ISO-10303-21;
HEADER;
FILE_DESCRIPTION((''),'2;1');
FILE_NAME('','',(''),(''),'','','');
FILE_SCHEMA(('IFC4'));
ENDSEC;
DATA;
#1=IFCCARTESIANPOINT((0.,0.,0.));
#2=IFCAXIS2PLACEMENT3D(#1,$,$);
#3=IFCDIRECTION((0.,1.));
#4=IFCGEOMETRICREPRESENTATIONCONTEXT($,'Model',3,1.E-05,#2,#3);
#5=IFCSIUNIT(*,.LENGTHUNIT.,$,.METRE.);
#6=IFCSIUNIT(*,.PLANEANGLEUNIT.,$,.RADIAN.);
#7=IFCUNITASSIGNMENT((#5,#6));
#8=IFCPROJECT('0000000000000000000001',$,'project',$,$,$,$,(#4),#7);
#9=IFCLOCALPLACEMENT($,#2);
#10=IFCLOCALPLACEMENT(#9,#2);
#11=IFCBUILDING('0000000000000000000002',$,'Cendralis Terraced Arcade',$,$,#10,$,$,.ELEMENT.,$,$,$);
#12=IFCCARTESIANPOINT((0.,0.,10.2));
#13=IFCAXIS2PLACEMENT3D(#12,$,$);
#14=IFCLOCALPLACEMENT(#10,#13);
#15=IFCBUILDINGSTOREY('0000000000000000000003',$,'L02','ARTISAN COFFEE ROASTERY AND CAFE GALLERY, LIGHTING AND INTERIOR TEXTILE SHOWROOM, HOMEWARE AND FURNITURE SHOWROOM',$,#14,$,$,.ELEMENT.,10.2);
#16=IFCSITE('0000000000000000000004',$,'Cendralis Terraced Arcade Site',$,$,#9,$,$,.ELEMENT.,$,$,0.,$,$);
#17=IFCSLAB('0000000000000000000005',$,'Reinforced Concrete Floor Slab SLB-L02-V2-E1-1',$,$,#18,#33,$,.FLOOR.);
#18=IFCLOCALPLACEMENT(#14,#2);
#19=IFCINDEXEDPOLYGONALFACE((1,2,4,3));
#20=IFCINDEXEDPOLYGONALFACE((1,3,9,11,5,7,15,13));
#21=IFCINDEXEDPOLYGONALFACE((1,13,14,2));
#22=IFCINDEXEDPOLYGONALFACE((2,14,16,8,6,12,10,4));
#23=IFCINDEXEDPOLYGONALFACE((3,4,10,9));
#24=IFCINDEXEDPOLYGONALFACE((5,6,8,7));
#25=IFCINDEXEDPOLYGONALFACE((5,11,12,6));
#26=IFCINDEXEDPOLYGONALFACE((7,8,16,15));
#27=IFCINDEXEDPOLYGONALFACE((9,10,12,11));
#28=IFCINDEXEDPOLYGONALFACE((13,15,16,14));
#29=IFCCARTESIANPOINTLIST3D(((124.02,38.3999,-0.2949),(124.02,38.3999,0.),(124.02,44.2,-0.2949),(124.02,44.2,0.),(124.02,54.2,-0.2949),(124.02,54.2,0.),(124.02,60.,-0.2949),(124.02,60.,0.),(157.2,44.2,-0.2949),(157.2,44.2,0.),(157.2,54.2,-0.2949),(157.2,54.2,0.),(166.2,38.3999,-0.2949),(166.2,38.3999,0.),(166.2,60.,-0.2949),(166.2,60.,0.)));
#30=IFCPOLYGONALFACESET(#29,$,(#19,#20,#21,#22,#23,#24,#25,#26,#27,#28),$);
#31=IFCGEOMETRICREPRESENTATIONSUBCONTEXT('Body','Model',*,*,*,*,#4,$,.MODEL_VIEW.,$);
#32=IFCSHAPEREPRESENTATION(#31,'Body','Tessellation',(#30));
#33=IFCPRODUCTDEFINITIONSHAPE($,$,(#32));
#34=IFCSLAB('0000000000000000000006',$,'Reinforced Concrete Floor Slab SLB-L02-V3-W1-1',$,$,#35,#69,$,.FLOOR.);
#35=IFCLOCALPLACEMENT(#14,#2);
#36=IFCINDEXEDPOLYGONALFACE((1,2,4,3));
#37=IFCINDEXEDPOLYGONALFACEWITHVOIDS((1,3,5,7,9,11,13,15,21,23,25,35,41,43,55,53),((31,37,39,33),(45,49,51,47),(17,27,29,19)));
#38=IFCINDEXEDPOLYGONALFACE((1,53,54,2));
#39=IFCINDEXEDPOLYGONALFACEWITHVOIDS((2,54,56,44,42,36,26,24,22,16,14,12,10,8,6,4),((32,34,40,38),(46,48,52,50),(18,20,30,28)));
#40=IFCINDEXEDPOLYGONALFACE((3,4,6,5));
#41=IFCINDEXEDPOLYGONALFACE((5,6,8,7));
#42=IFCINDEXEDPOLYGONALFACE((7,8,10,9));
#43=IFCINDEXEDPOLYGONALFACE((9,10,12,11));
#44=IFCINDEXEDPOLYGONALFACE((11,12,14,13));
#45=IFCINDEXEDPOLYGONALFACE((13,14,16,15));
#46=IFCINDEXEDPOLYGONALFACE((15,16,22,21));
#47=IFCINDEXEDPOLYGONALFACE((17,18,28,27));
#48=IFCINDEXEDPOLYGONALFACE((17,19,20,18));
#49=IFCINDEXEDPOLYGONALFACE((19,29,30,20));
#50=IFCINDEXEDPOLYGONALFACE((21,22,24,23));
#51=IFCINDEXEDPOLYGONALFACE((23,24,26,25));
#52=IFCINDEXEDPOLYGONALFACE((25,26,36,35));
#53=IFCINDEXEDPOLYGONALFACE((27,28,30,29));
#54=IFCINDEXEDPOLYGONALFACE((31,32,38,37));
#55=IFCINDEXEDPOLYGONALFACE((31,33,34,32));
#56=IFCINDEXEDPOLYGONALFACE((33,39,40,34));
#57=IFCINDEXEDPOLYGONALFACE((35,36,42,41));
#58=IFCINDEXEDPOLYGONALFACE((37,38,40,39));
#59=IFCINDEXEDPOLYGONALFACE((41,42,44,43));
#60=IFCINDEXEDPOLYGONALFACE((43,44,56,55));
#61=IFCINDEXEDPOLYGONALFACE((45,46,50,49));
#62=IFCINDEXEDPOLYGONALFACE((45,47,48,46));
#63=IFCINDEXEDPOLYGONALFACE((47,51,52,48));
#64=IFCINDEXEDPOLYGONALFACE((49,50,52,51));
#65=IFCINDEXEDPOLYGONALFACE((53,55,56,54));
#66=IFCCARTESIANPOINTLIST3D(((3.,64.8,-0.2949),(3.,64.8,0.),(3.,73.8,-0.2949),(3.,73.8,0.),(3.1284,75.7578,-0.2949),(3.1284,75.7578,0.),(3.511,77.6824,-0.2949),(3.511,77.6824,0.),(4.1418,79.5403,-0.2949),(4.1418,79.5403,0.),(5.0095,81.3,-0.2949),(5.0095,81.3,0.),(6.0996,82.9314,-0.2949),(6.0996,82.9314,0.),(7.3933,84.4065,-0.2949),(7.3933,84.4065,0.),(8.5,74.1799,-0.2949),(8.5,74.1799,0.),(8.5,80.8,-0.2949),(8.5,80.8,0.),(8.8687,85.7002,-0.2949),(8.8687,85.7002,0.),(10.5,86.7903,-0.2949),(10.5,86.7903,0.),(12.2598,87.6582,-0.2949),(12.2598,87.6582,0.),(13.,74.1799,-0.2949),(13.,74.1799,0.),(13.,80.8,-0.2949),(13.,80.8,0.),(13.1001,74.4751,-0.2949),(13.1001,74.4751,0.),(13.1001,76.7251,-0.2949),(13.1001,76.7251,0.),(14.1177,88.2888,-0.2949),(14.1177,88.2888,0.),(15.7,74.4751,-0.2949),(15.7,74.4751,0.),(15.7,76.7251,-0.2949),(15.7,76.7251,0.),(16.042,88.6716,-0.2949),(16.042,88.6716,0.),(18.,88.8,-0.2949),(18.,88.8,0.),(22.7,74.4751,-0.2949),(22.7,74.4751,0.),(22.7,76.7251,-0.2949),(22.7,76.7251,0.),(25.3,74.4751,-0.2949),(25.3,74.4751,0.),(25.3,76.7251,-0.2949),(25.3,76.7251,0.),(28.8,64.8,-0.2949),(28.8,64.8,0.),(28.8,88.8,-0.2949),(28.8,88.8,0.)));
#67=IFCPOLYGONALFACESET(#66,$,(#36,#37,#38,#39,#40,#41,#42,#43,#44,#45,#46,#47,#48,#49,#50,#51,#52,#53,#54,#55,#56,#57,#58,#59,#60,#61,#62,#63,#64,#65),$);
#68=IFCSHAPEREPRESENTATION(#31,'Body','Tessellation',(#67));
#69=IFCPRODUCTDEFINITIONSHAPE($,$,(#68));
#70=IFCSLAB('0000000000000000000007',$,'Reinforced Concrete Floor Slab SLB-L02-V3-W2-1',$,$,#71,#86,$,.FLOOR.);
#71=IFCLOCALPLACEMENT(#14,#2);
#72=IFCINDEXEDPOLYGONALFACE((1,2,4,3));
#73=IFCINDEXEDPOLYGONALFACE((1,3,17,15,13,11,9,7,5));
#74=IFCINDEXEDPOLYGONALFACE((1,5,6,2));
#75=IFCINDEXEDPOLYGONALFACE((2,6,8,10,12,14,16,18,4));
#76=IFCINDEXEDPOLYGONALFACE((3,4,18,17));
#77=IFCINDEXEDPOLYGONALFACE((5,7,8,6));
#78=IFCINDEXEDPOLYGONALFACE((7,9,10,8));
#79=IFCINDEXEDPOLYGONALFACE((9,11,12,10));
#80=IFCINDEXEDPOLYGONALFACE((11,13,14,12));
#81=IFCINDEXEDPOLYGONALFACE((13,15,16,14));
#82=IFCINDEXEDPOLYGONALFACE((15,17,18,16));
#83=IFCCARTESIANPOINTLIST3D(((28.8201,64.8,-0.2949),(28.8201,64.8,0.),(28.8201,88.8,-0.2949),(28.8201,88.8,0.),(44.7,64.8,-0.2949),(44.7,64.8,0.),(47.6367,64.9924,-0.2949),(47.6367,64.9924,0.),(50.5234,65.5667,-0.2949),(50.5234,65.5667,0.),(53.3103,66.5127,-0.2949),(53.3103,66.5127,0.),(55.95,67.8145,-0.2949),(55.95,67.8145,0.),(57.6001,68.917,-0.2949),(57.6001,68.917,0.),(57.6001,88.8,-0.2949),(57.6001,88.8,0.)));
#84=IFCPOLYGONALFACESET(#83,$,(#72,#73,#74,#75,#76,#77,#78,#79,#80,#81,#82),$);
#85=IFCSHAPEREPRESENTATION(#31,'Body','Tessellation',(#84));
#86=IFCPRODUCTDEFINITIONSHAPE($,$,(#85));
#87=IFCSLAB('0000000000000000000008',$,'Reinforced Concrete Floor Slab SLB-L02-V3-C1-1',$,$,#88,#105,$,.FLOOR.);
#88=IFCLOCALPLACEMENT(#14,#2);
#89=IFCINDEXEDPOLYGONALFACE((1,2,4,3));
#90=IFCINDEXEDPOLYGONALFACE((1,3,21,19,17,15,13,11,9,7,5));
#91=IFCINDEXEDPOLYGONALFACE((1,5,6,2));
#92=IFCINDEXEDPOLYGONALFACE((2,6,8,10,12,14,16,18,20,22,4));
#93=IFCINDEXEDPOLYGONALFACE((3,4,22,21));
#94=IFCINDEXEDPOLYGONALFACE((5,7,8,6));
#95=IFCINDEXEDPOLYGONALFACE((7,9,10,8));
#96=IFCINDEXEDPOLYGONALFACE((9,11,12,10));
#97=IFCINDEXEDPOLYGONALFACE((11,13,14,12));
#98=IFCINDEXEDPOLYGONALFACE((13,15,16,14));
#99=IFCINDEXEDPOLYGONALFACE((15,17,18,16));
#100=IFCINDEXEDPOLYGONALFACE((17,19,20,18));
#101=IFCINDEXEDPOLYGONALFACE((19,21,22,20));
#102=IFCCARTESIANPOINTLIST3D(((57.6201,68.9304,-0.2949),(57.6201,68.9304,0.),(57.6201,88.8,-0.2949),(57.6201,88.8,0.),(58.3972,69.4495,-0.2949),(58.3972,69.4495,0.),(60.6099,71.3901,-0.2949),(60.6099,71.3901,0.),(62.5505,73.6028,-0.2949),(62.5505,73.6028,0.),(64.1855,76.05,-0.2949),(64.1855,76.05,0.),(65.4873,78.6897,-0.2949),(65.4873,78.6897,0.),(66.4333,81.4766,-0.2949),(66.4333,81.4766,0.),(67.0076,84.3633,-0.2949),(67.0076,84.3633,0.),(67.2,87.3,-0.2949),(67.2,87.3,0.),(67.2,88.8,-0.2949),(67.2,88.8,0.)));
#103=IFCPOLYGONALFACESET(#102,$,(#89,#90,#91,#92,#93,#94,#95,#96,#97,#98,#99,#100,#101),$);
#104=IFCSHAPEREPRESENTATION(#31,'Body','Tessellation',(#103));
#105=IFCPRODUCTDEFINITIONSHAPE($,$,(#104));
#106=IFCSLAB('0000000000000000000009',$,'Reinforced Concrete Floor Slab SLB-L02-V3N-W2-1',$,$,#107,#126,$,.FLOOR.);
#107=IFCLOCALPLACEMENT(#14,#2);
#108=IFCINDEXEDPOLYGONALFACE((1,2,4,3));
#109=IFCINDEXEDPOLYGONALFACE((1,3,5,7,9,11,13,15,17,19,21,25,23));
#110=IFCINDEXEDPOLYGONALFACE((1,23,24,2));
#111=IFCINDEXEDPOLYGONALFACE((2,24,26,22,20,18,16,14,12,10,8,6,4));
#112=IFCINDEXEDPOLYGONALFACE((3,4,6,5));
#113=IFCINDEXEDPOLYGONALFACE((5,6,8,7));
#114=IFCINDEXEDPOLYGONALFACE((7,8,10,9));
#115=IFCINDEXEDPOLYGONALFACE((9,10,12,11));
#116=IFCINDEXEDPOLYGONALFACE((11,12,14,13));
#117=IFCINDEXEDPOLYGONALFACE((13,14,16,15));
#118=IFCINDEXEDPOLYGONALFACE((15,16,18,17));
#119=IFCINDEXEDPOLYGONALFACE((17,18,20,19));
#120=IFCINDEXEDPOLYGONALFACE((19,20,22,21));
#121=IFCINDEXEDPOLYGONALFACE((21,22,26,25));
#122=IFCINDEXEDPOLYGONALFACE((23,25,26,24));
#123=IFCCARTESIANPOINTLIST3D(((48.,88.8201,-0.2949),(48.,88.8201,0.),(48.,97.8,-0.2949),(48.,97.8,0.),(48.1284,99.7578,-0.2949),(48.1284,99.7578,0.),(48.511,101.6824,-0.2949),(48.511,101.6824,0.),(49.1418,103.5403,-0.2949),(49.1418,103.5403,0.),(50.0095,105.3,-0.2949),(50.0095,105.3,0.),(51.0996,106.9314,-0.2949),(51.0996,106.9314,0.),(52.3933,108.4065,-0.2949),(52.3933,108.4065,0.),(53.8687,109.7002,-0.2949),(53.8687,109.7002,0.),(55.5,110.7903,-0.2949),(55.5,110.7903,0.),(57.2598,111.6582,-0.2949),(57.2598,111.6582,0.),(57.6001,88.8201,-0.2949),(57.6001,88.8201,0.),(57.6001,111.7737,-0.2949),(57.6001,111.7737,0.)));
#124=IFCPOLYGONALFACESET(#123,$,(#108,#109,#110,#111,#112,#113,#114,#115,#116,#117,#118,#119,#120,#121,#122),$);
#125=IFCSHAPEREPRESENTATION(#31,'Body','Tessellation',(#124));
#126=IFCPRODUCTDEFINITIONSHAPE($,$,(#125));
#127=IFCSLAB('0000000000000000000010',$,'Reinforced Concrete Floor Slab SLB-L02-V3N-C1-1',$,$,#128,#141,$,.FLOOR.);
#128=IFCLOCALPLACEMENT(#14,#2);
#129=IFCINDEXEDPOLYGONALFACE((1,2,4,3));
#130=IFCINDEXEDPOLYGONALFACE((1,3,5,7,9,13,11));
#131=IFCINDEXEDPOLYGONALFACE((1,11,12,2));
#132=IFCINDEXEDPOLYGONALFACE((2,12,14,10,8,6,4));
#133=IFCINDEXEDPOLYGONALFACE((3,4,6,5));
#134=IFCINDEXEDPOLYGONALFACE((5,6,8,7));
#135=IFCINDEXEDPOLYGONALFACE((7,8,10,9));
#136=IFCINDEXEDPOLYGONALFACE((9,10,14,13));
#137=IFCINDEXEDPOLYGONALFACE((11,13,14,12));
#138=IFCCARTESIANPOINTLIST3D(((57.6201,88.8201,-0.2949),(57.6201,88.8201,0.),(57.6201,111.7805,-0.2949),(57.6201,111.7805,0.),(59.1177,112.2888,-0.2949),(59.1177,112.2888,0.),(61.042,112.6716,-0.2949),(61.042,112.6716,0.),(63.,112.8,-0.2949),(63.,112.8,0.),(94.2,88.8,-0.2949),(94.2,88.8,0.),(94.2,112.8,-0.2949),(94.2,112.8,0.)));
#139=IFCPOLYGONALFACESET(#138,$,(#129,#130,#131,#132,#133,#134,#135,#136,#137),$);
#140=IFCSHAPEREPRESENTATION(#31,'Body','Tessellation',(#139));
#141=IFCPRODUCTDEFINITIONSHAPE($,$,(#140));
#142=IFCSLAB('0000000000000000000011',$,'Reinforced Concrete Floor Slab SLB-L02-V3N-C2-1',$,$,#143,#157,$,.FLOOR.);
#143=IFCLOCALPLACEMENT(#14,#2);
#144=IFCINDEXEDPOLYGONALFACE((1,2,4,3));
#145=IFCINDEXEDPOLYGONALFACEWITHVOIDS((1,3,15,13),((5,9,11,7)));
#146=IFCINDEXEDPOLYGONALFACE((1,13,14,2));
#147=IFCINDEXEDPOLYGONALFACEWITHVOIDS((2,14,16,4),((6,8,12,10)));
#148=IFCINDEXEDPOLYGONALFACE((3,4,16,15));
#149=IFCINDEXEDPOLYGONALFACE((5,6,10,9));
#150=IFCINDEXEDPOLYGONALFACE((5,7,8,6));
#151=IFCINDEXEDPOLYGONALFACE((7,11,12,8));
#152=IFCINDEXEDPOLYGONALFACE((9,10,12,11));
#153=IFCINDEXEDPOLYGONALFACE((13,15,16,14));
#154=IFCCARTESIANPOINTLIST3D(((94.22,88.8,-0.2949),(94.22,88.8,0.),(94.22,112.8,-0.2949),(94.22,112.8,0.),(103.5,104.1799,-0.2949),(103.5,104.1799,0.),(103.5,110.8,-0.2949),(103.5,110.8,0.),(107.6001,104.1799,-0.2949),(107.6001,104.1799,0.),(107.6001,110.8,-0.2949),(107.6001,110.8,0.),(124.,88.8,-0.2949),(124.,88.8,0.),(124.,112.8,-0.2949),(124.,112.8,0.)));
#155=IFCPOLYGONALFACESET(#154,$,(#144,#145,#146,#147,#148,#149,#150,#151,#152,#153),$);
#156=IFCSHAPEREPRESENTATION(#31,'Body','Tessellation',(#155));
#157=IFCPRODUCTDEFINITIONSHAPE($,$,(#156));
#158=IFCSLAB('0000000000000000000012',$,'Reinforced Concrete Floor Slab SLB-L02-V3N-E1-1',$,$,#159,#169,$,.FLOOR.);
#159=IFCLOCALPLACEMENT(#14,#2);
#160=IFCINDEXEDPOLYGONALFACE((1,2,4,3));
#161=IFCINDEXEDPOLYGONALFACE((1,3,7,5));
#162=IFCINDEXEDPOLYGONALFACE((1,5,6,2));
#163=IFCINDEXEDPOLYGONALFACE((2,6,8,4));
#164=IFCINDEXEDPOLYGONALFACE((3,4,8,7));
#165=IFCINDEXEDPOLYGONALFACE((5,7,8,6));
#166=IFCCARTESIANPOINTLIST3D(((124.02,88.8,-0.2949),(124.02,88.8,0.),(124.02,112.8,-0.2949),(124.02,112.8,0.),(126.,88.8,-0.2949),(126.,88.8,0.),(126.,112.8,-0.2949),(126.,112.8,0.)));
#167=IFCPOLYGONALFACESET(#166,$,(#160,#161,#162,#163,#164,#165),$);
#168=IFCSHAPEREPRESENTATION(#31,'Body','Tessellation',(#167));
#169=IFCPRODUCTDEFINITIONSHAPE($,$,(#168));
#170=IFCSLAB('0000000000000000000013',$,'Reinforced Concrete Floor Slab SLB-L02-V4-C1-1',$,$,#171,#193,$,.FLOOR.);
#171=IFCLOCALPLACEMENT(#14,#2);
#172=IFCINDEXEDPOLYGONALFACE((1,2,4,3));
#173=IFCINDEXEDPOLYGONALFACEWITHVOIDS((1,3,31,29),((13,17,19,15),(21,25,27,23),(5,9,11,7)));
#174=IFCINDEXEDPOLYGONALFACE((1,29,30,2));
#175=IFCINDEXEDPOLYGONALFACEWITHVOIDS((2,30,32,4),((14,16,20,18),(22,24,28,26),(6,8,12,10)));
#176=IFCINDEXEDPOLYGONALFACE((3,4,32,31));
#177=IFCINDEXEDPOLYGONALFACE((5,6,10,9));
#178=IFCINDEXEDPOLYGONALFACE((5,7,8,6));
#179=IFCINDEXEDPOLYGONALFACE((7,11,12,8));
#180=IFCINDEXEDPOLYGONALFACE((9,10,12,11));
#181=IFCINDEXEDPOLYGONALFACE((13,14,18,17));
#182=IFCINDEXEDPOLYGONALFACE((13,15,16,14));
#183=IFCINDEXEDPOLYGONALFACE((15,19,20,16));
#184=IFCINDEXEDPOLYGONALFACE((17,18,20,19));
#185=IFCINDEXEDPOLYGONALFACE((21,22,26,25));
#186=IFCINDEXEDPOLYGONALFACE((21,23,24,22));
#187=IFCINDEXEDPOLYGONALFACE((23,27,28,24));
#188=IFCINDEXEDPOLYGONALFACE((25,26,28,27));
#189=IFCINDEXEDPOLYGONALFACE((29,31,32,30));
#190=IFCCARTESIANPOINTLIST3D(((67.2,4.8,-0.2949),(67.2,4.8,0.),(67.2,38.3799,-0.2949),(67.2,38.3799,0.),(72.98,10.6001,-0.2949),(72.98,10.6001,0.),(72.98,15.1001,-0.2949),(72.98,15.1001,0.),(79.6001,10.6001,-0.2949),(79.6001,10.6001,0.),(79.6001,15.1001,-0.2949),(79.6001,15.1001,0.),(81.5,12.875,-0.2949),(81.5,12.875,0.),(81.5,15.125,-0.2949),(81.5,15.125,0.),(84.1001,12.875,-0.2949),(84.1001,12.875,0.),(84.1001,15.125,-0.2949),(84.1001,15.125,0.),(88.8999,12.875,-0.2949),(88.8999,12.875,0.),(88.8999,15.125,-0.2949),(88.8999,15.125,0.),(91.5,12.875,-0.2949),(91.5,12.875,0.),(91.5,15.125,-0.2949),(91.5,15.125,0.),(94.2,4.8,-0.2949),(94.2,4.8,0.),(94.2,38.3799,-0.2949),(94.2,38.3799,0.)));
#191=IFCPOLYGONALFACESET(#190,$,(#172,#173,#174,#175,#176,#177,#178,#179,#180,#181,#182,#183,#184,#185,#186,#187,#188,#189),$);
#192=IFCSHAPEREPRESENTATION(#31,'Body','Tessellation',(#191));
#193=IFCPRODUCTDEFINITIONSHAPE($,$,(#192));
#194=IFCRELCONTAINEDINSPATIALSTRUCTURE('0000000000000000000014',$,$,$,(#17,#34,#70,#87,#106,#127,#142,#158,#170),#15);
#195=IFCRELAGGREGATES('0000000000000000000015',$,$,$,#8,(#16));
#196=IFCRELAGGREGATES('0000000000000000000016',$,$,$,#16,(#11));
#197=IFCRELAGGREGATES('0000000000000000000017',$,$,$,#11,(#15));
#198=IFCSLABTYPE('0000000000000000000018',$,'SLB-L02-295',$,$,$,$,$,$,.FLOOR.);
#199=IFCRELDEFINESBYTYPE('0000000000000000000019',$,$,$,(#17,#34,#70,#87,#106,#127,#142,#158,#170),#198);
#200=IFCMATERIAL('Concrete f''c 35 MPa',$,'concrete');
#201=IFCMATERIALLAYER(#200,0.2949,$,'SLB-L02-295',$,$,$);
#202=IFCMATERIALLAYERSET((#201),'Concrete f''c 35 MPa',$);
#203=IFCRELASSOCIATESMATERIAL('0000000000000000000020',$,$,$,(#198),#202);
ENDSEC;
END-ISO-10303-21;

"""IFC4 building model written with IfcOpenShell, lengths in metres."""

from ifc_helpers import new_model, si_unit, direction, frame, origin, place, context, subcontext, project, spatial, polyline, outline, extrude, material, layer, layer_set, type_object, element, save


model = new_model("IFC4")

# Units and contexts
model_context = context("Model", 3, precision=1e-05, world=origin(), true_north=direction((0.0, 1.0)))
body_context = subcontext(model_context, "Body", "Model", "MODEL_VIEW")
ifc_project = project(units=[si_unit("LENGTHUNIT", "METRE"), si_unit("PLANEANGLEUNIT", "RADIAN")], contexts=[model_context])

# Site, building, storey
site_placement = place(None, origin())
site = spatial("IfcSite", under=ifc_project, at=site_placement, Name="Cendralis Terraced Arcade Site", CompositionType="ELEMENT", RefElevation=0.0)
building_placement = place(site_placement, origin())
building = spatial("IfcBuilding", under=site, at=building_placement, Name="Cendralis Terraced Arcade", CompositionType="ELEMENT")
storey_placement = place(building_placement, frame((0.0, 0.0, 10.2)))
storey = spatial("IfcBuildingStorey", under=building, at=storey_placement, Name="L02", Description="ARTISAN COFFEE ROASTERY AND CAFE GALLERY, LIGHTING AND INTERIOR TEXTILE SHOWROOM, HOMEWARE AND FURNITURE SHOWROOM", CompositionType="ELEMENT", Elevation=10.2)

# Slabs
ifc_material = material(Name="Concrete f'c 35 MPa", Category="concrete")
ifc_layer_1 = layer(ifc_material, 0.2949, Name="SLB-L02-295")
ifc_layer_set_1 = layer_set([ifc_layer_1], Name="Concrete f'c 35 MPa")
slab_type_1 = type_object("IfcSlabType", Name="SLB-L02-295", PredefinedType="FLOOR", material=ifc_layer_set_1)
slab_1_placement = place(storey_placement, frame((0.0, 0.0, -0.2949)))
element("IfcSlab", 1, at=slab_1_placement, inside=storey, type_object=slab_type_1, Name="Reinforced Concrete Floor Slab SLB-L02-V2-E1-1", PredefinedType="FLOOR", context=body_context, shape_type="SweptSolid", body=[
    extrude(outline(polyline([(124.02, 38.3999), (124.02, 44.2), (157.2, 44.2), (157.2, 54.2), (124.02, 54.2), (124.02, 60.0), (166.2, 60.0), (166.2, 38.3999), (124.02, 38.3999)])), origin(), (0.0, 0.0, 1.0), 0.2949),
])
slab_2_placement = place(storey_placement, frame((0.0, 0.0, -0.2949)))
element("IfcSlab", 2, at=slab_2_placement, inside=storey, type_object=slab_type_1, Name="Reinforced Concrete Floor Slab SLB-L02-V3-W1-1", PredefinedType="FLOOR", context=body_context, shape_type="SweptSolid", body=[
    extrude(outline(polyline([(3.511, 77.6824), (4.1418, 79.5403), (5.0095, 81.3), (6.0996, 82.9314), (7.3933, 84.4065), (8.8687, 85.7002), (10.5, 86.7903), (12.2598, 87.6582), (14.1177, 88.2888), (16.042, 88.6716), (18.0, 88.8), (28.8, 88.8), (28.8, 64.8), (3.0, 64.8), (3.0, 73.8), (3.1284, 75.7578), (3.511, 77.6824)]), holes=[polyline([(15.7, 76.7251), (13.1001, 76.7251), (13.1001, 74.4751), (15.7, 74.4751), (15.7, 76.7251)]), polyline([(25.3, 76.7251), (22.7, 76.7251), (22.7, 74.4751), (25.3, 74.4751), (25.3, 76.7251)]), polyline([(8.5, 80.8), (8.5, 74.1799), (13.0, 74.1799), (13.0, 80.8), (8.5, 80.8)])]), origin(), (0.0, 0.0, 1.0), 0.2949),
])
slab_3_placement = place(storey_placement, frame((0.0, 0.0, -0.2949)))
element("IfcSlab", 3, at=slab_3_placement, inside=storey, type_object=slab_type_1, Name="Reinforced Concrete Floor Slab SLB-L02-V3-W2-1", PredefinedType="FLOOR", context=body_context, shape_type="SweptSolid", body=[
    extrude(outline(polyline([(55.95, 67.8145), (53.3103, 66.5127), (50.5234, 65.5667), (47.6367, 64.9924), (44.7, 64.8), (28.8201, 64.8), (28.8201, 88.8), (57.6001, 88.8), (57.6001, 68.917), (55.95, 67.8145)])), origin(), (0.0, 0.0, 1.0), 0.2949),
])
slab_4_placement = place(storey_placement, frame((0.0, 0.0, -0.2949)))
element("IfcSlab", 4, at=slab_4_placement, inside=storey, type_object=slab_type_1, Name="Reinforced Concrete Floor Slab SLB-L02-V3-C1-1", PredefinedType="FLOOR", context=body_context, shape_type="SweptSolid", body=[
    extrude(outline(polyline([(67.0076, 84.3633), (66.4333, 81.4766), (65.4873, 78.6897), (64.1855, 76.05), (62.5505, 73.6028), (60.6099, 71.3901), (58.3972, 69.4495), (57.6201, 68.9304), (57.6201, 88.8), (67.2, 88.8), (67.2, 87.3), (67.0076, 84.3633)])), origin(), (0.0, 0.0, 1.0), 0.2949),
])
slab_5_placement = place(storey_placement, frame((0.0, 0.0, -0.2949)))
element("IfcSlab", 5, at=slab_5_placement, inside=storey, type_object=slab_type_1, Name="Reinforced Concrete Floor Slab SLB-L02-V3N-W2-1", PredefinedType="FLOOR", context=body_context, shape_type="SweptSolid", body=[
    extrude(outline(polyline([(48.511, 101.6824), (49.1418, 103.5403), (50.0095, 105.3), (51.0996, 106.9314), (52.3933, 108.4065), (53.8687, 109.7002), (55.5, 110.7903), (57.2598, 111.6582), (57.6001, 111.7737), (57.6001, 88.8201), (48.0, 88.8201), (48.0, 97.8), (48.1284, 99.7578), (48.511, 101.6824)])), origin(), (0.0, 0.0, 1.0), 0.2949),
])
slab_6_placement = place(storey_placement, frame((0.0, 0.0, -0.2949)))
element("IfcSlab", 6, at=slab_6_placement, inside=storey, type_object=slab_type_1, Name="Reinforced Concrete Floor Slab SLB-L02-V3N-C1-1", PredefinedType="FLOOR", context=body_context, shape_type="SweptSolid", body=[
    extrude(outline(polyline([(63.0, 112.8), (94.2, 112.8), (94.2, 88.8), (57.6201, 88.8201), (57.6201, 111.7805), (59.1177, 112.2888), (61.042, 112.6716), (63.0, 112.8)])), origin(), (0.0, 0.0, 1.0), 0.2949),
])
slab_7_placement = place(storey_placement, frame((0.0, 0.0, -0.2949)))
element("IfcSlab", 7, at=slab_7_placement, inside=storey, type_object=slab_type_1, Name="Reinforced Concrete Floor Slab SLB-L02-V3N-C2-1", PredefinedType="FLOOR", context=body_context, shape_type="SweptSolid", body=[
    extrude(outline(polyline([(94.22, 88.8), (94.22, 112.8), (124.0, 112.8), (124.0, 88.8), (94.22, 88.8)]), holes=[polyline([(107.6001, 110.8), (103.5, 110.8), (103.5, 104.1799), (107.6001, 104.1799), (107.6001, 110.8)])]), origin(), (0.0, 0.0, 1.0), 0.2949),
])
slab_8_placement = place(storey_placement, frame((0.0, 0.0, -0.2949)))
element("IfcSlab", 8, at=slab_8_placement, inside=storey, type_object=slab_type_1, Name="Reinforced Concrete Floor Slab SLB-L02-V3N-E1-1", PredefinedType="FLOOR", context=body_context, shape_type="SweptSolid", body=[
    extrude(outline(polyline([(124.02, 88.8), (124.02, 112.8), (126.0, 112.8), (126.0, 88.8), (124.02, 88.8)])), origin(), (0.0, 0.0, 1.0), 0.2949),
])
slab_9_placement = place(storey_placement, frame((0.0, 0.0, -0.2949)))
element("IfcSlab", 9, at=slab_9_placement, inside=storey, type_object=slab_type_1, Name="Reinforced Concrete Floor Slab SLB-L02-V4-C1-1", PredefinedType="FLOOR", context=body_context, shape_type="SweptSolid", body=[
    extrude(outline(polyline([(94.2, 4.8), (67.2, 4.8), (67.2, 38.3799), (94.2, 38.3799), (94.2, 4.8)]), holes=[polyline([(79.6001, 15.1001), (72.98, 15.1001), (72.98, 10.6001), (79.6001, 10.6001), (79.6001, 15.1001)]), polyline([(84.1001, 15.125), (81.5, 15.125), (81.5, 12.875), (84.1001, 12.875), (84.1001, 15.125)]), polyline([(91.5, 15.125), (88.8999, 15.125), (88.8999, 12.875), (91.5, 12.875), (91.5, 15.125)])]), origin(), (0.0, 0.0, 1.0), 0.2949),
])

save(model, "model.ifc")
